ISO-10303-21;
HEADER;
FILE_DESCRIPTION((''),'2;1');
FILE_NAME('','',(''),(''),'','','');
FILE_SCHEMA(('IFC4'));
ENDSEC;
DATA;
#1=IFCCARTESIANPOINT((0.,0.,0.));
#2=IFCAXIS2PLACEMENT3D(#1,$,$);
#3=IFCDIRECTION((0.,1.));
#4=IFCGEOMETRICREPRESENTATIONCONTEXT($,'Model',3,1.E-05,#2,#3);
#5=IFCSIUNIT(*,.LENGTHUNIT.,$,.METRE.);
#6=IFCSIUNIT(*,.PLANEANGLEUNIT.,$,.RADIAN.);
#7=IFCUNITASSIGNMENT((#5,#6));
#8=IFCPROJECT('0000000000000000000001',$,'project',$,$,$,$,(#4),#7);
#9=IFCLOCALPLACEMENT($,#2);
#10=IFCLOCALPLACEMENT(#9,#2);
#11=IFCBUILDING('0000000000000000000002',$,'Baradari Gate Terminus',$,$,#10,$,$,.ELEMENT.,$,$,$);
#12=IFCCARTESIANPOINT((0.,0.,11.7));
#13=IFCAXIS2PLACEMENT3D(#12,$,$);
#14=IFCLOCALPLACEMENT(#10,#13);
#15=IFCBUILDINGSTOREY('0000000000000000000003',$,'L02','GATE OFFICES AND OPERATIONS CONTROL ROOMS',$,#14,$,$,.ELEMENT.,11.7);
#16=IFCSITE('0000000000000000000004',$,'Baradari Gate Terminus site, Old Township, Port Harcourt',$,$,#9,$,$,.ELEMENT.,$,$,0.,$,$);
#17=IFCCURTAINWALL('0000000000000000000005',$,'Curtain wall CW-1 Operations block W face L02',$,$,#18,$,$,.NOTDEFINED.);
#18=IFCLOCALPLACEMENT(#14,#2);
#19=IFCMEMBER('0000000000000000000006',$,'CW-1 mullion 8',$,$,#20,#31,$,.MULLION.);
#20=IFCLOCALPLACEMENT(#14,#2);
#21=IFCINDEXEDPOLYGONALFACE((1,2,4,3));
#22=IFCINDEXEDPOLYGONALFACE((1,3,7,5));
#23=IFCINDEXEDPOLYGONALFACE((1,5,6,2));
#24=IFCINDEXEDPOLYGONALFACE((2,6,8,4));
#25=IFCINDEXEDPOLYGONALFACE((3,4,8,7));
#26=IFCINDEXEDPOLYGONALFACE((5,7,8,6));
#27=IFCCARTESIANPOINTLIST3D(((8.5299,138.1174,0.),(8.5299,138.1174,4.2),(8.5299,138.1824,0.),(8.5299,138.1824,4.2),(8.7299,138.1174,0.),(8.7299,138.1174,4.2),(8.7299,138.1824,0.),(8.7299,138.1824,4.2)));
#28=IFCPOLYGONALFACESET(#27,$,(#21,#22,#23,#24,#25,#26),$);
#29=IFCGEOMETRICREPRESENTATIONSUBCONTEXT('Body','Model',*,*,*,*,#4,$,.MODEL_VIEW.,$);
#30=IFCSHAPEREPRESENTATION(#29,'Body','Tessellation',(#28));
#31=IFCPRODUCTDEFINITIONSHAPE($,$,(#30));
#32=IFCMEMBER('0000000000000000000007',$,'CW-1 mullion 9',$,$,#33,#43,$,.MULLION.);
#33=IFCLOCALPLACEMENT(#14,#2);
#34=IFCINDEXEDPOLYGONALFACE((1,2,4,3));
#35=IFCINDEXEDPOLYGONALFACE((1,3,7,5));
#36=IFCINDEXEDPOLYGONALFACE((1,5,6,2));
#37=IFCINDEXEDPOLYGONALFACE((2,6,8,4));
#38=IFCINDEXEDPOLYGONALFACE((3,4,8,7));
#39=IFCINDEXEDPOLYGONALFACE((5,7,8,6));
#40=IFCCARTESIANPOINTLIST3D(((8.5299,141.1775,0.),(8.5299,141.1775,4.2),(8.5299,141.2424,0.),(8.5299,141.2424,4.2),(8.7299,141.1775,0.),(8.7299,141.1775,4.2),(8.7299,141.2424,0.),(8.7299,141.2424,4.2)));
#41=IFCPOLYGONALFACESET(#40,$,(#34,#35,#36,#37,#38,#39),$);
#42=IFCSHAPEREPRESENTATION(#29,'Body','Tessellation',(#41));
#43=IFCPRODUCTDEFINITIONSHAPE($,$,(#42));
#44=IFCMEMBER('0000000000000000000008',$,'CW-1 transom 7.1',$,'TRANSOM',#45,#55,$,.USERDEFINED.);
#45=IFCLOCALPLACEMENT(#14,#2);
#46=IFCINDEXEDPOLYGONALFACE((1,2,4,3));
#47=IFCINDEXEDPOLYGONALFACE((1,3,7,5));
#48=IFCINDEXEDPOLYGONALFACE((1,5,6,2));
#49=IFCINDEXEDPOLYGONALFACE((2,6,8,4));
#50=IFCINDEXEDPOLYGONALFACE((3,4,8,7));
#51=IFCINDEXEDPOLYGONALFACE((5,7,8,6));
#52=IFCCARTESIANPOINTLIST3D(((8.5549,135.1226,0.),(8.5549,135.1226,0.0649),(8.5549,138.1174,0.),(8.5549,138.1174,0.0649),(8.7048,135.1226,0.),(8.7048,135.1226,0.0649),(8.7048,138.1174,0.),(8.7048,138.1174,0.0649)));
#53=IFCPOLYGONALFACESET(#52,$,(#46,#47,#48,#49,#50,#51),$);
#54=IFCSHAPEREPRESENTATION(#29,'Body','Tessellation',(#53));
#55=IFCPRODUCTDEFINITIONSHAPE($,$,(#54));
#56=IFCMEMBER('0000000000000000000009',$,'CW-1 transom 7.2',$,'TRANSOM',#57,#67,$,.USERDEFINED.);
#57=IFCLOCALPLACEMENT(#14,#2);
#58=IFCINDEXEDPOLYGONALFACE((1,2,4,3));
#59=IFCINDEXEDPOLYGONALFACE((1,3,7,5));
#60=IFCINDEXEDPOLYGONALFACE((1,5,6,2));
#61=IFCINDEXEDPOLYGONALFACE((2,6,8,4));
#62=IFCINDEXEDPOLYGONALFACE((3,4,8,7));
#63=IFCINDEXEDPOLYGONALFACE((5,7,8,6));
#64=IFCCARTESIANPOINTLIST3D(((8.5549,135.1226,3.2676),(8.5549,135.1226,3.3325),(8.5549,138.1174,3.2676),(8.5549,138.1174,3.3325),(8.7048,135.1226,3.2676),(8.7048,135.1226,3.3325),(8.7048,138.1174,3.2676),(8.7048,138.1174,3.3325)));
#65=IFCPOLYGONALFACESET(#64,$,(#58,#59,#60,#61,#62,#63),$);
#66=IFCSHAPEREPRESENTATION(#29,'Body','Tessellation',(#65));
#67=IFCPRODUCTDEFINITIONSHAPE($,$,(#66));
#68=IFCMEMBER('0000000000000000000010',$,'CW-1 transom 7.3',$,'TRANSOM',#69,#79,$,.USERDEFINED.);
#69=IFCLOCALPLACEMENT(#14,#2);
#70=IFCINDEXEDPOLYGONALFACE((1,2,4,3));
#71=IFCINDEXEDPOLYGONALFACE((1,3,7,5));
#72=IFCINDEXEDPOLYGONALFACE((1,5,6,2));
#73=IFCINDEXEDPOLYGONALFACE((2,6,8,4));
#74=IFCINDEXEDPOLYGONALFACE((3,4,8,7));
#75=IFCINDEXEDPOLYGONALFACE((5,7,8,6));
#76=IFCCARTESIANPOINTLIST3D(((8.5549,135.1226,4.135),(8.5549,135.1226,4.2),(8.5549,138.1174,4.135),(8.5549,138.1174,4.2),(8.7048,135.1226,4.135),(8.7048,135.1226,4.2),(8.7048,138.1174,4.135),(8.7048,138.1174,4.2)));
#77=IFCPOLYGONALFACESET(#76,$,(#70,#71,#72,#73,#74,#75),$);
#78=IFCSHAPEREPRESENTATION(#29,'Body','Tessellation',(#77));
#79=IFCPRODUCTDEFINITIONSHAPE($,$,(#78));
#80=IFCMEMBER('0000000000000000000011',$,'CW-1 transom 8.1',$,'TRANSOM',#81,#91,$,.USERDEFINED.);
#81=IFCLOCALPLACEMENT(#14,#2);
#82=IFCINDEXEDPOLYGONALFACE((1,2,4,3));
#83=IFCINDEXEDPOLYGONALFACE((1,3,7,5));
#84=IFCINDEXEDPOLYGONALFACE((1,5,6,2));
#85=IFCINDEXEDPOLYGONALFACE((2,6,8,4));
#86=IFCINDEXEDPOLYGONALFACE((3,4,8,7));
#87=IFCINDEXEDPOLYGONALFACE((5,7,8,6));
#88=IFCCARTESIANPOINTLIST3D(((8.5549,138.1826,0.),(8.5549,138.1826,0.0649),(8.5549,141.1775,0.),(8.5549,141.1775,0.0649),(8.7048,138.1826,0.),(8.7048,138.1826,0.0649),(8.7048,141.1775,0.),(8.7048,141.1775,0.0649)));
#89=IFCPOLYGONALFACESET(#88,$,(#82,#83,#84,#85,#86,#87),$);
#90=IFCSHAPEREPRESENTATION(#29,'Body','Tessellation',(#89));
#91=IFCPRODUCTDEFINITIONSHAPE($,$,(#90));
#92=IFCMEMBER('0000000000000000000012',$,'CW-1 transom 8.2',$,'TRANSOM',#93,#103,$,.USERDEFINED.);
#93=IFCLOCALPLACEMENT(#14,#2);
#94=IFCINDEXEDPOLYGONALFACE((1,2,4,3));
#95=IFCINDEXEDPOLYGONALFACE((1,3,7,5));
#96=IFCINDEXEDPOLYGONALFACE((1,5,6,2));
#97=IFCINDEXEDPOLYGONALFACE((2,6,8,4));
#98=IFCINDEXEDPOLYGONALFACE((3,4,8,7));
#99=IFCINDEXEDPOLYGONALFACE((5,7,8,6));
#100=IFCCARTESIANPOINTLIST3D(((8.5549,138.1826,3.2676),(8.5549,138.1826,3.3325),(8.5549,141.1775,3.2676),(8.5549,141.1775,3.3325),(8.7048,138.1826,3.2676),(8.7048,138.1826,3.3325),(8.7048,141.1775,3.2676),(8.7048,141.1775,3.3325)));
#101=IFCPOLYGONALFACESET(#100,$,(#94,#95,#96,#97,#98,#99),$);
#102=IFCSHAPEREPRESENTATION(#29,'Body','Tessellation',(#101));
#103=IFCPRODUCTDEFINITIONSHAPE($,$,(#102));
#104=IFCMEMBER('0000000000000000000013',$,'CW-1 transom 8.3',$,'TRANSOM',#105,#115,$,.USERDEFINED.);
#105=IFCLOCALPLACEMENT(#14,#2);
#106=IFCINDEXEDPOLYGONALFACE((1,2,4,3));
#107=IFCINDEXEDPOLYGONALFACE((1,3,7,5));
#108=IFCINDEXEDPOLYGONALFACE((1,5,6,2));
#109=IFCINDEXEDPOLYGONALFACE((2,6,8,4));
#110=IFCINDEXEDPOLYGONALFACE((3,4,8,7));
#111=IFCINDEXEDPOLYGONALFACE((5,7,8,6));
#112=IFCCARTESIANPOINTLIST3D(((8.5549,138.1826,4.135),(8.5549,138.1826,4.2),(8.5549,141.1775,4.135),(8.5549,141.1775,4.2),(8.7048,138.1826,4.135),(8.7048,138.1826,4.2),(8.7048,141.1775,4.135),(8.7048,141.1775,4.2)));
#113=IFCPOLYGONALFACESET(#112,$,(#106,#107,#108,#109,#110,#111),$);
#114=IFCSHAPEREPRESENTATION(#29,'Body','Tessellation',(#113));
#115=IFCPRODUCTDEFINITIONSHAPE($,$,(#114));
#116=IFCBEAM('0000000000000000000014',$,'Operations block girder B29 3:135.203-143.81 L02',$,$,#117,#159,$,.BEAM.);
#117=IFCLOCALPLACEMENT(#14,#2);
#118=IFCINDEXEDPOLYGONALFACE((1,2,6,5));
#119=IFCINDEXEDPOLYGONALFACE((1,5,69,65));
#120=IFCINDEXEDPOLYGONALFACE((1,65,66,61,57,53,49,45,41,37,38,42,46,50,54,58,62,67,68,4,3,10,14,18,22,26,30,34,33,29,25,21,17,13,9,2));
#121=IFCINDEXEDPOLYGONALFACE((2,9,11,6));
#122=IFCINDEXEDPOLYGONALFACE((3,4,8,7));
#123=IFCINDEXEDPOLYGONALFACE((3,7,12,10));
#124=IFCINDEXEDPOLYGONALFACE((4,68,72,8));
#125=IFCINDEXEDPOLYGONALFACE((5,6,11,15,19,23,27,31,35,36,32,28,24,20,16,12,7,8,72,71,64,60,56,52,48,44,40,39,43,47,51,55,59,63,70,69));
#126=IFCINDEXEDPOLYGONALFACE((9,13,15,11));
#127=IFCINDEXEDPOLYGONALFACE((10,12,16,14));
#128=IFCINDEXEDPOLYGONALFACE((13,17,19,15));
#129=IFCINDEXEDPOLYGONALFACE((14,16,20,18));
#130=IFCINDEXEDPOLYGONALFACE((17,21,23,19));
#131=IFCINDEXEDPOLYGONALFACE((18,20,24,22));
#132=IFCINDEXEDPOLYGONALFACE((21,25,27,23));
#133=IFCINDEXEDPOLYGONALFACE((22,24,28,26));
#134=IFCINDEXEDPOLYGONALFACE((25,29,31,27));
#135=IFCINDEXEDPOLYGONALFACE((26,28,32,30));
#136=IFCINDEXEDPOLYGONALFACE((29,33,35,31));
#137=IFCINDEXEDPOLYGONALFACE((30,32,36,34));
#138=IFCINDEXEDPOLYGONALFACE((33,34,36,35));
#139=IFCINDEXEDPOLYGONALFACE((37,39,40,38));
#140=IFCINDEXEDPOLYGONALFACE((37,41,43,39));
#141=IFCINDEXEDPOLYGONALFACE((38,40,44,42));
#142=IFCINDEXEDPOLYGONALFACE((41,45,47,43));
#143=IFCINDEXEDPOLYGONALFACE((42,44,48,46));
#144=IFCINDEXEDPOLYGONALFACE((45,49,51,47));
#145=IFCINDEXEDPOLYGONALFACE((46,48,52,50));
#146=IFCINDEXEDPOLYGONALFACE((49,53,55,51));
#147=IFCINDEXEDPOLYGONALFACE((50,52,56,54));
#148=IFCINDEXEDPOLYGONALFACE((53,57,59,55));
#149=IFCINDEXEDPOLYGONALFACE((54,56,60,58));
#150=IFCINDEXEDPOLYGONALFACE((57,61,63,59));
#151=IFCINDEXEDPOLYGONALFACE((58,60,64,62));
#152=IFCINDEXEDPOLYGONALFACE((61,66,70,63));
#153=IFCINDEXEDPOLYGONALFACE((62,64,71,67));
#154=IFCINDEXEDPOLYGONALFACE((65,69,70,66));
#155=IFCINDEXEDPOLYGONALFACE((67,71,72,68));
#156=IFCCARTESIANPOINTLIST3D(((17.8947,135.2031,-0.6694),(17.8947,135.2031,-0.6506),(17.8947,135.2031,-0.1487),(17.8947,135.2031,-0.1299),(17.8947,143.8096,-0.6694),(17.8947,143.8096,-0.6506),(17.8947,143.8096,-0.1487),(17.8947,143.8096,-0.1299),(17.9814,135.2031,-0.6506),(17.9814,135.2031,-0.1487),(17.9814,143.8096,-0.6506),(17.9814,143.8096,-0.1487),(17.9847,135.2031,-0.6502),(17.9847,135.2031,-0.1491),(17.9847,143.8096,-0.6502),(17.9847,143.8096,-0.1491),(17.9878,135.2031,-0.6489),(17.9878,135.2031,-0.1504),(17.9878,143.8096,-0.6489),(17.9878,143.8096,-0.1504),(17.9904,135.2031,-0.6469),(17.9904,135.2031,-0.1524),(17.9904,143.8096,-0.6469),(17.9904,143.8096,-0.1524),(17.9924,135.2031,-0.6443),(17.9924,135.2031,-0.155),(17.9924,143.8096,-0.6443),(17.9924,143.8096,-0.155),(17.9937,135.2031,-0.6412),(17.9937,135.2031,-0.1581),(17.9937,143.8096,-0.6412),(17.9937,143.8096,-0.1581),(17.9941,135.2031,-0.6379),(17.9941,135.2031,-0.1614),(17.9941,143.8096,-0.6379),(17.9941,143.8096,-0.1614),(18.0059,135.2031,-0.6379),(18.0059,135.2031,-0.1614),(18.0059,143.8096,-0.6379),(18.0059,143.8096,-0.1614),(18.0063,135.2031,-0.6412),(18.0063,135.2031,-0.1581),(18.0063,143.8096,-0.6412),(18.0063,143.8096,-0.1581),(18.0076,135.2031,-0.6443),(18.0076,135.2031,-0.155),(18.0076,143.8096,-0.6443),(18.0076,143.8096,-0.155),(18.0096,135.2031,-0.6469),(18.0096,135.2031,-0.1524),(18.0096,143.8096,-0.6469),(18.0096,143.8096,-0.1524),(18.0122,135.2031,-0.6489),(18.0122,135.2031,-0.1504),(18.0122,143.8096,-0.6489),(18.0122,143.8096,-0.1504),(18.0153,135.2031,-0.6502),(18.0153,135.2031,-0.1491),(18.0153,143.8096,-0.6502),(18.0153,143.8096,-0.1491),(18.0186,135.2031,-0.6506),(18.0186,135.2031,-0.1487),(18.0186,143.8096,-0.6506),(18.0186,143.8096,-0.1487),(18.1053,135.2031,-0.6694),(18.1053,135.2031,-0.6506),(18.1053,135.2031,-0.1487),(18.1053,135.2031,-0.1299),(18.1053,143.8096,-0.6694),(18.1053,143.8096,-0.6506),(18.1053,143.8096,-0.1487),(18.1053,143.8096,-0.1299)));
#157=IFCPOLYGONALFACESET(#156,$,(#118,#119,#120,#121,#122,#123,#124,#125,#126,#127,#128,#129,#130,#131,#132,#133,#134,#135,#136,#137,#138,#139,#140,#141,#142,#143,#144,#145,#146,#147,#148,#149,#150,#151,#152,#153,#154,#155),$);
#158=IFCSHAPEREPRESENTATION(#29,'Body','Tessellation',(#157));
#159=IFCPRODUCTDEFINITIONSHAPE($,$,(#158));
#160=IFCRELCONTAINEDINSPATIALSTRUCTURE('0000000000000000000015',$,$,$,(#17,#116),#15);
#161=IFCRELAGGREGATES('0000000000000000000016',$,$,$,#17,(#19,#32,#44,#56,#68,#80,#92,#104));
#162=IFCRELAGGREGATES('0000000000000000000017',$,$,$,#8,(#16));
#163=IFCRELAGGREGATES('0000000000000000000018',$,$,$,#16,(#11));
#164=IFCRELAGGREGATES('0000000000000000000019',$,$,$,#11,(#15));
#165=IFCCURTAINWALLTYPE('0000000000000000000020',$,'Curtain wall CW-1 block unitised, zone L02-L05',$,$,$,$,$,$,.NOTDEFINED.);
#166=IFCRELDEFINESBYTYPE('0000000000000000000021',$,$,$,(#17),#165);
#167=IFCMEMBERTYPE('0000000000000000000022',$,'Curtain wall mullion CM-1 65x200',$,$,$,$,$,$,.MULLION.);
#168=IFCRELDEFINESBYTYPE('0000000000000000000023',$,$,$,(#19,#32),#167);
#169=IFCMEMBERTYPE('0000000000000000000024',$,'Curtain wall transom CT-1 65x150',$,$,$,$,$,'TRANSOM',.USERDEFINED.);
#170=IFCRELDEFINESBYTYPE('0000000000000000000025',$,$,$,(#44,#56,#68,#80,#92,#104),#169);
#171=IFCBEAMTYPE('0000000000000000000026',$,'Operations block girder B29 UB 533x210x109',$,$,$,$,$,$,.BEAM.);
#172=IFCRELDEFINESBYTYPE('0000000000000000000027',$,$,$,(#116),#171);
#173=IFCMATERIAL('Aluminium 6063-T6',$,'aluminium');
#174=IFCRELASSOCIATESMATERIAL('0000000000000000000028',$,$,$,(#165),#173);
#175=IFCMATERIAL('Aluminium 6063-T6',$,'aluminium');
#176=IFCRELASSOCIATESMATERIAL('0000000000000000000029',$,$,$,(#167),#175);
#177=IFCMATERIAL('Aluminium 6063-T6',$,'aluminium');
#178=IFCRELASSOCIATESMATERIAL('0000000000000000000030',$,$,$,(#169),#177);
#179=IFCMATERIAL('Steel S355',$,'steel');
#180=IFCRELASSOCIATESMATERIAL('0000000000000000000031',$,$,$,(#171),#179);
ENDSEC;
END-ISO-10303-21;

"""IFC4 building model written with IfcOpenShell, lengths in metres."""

from ifc_helpers import new_model, si_unit, direction, frame, origin, origin_2d, place, context, subcontext, project, spatial, rectangle, i_section, extrude, material, material_profile, profile_set, type_object, element, aggregate, save


model = new_model("IFC4")

# Units and contexts
model_context = context("Model", 3, precision=1e-05, world=origin(), true_north=direction((0.0, 1.0)))
body_context = subcontext(model_context, "Body", "Model", "MODEL_VIEW")
ifc_project = project(units=[si_unit("LENGTHUNIT", "METRE"), si_unit("PLANEANGLEUNIT", "RADIAN")], contexts=[model_context])

# Site, building, storey
site_placement = place(None, origin())
site = spatial("IfcSite", under=ifc_project, at=site_placement, Name="Baradari Gate Terminus site, Old Township, Port Harcourt", CompositionType="ELEMENT", RefElevation=0.0)
building_placement = place(site_placement, origin())
building = spatial("IfcBuilding", under=site, at=building_placement, Name="Baradari Gate Terminus", CompositionType="ELEMENT")
storey_placement = place(building_placement, frame((0.0, 0.0, 11.7)))
storey = spatial("IfcBuildingStorey", under=building, at=storey_placement, Name="L02", Description="GATE OFFICES AND OPERATIONS CONTROL ROOMS", CompositionType="ELEMENT", Elevation=11.7)

# Curtain wall, members
ifc_material_1 = material(Name="Aluminium 6063-T6", Category="aluminium")
curtain_wall_type = type_object("IfcCurtainWallType", Name="Curtain wall CW-1 block unitised, zone L02-L05", PredefinedType="NOTDEFINED", material=ifc_material_1)
curtain_wall_placement = place(storey_placement, origin())
curtain_wall = element("IfcCurtainWall", 1, at=curtain_wall_placement, inside=storey, type_object=curtain_wall_type, Name="Curtain wall CW-1 Operations block W face L02", PredefinedType="NOTDEFINED")
ifc_material_2 = material(Name="Aluminium 6063-T6", Category="aluminium")
ifc_material_profile_1 = material_profile(ifc_material_2, rectangle(XDim=0.2, YDim=0.0649, at=origin_2d()), Name="CM-1 65X200")
ifc_profile_set_1 = profile_set([ifc_material_profile_1], Name="Aluminium 6063-T6")
member_type_1 = type_object("IfcMemberType", Name="Curtain wall mullion CM-1 65x200", PredefinedType="MULLION", material=ifc_profile_set_1)
member_1_placement = place(storey_placement, frame((8.6299, 138.1499, 0.0), z_axis=(0.0, 0.0, 1.0), x_axis=(-1.0, 0.0, 0.0)))
member_1 = element("IfcMember", 2, at=member_1_placement, type_object=member_type_1, Name="CW-1 mullion 8", PredefinedType="MULLION", context=body_context, shape_type="SweptSolid", body=[
    extrude(rectangle(XDim=0.2, YDim=0.0649, at=origin_2d()), origin(), (0.0, 0.0, 1.0), 4.2),
])
member_2_placement = place(storey_placement, frame((8.6299, 141.21, 0.0), z_axis=(0.0, 0.0, 1.0), x_axis=(-1.0, 0.0, 0.0)))
member_2 = element("IfcMember", 3, at=member_2_placement, type_object=member_type_1, Name="CW-1 mullion 9", PredefinedType="MULLION", context=body_context, shape_type="SweptSolid", body=[
    extrude(rectangle(XDim=0.2, YDim=0.0649, at=origin_2d()), origin(), (0.0, 0.0, 1.0), 4.2),
])
ifc_material_3 = material(Name="Aluminium 6063-T6", Category="aluminium")
ifc_material_profile_2 = material_profile(ifc_material_3, rectangle(XDim=0.1499, YDim=0.0649, at=origin_2d()), Name="CT-1 65X150")
ifc_profile_set_2 = profile_set([ifc_material_profile_2], Name="Aluminium 6063-T6")
member_type_2 = type_object("IfcMemberType", Name="Curtain wall transom CT-1 65x150", ElementType="TRANSOM", PredefinedType="USERDEFINED", material=ifc_profile_set_2)
member_3_placement = place(storey_placement, frame((8.6299, 135.1226, 0.0325), z_axis=(0.0, 1.0, 0.0), x_axis=(-1.0, 0.0, 0.0)))
member_3 = element("IfcMember", 4, at=member_3_placement, type_object=member_type_2, Name="CW-1 transom 7.1", ObjectType="TRANSOM", PredefinedType="USERDEFINED", context=body_context, shape_type="SweptSolid", body=[
    extrude(rectangle(XDim=0.1499, YDim=0.0649, at=origin_2d()), origin(), (0.0, 0.0, 1.0), 2.9949),
])
member_4_placement = place(storey_placement, frame((8.6299, 135.1226, 3.3), z_axis=(0.0, 1.0, 0.0), x_axis=(-1.0, 0.0, 0.0)))
member_4 = element("IfcMember", 5, at=member_4_placement, type_object=member_type_2, Name="CW-1 transom 7.2", ObjectType="TRANSOM", PredefinedType="USERDEFINED", context=body_context, shape_type="SweptSolid", body=[
    extrude(rectangle(XDim=0.1499, YDim=0.0649, at=origin_2d()), origin(), (0.0, 0.0, 1.0), 2.9949),
])
member_5_placement = place(storey_placement, frame((8.6299, 135.1226, 4.1675), z_axis=(0.0, 1.0, 0.0), x_axis=(-1.0, 0.0, 0.0)))
member_5 = element("IfcMember", 6, at=member_5_placement, type_object=member_type_2, Name="CW-1 transom 7.3", ObjectType="TRANSOM", PredefinedType="USERDEFINED", context=body_context, shape_type="SweptSolid", body=[
    extrude(rectangle(XDim=0.1499, YDim=0.0649, at=origin_2d()), origin(), (0.0, 0.0, 1.0), 2.9949),
])
member_6_placement = place(storey_placement, frame((8.6299, 138.1826, 0.0325), z_axis=(0.0, 1.0, 0.0), x_axis=(-1.0, 0.0, 0.0)))
member_6 = element("IfcMember", 7, at=member_6_placement, type_object=member_type_2, Name="CW-1 transom 8.1", ObjectType="TRANSOM", PredefinedType="USERDEFINED", context=body_context, shape_type="SweptSolid", body=[
    extrude(rectangle(XDim=0.1499, YDim=0.0649, at=origin_2d()), origin(), (0.0, 0.0, 1.0), 2.9949),
])
member_7_placement = place(storey_placement, frame((8.6299, 138.1826, 3.3), z_axis=(0.0, 1.0, 0.0), x_axis=(-1.0, 0.0, 0.0)))
member_7 = element("IfcMember", 8, at=member_7_placement, type_object=member_type_2, Name="CW-1 transom 8.2", ObjectType="TRANSOM", PredefinedType="USERDEFINED", context=body_context, shape_type="SweptSolid", body=[
    extrude(rectangle(XDim=0.1499, YDim=0.0649, at=origin_2d()), origin(), (0.0, 0.0, 1.0), 2.9949),
])
member_8_placement = place(storey_placement, frame((8.6299, 138.1826, 4.1675), z_axis=(0.0, 1.0, 0.0), x_axis=(-1.0, 0.0, 0.0)))
member_8 = element("IfcMember", 9, at=member_8_placement, type_object=member_type_2, Name="CW-1 transom 8.3", ObjectType="TRANSOM", PredefinedType="USERDEFINED", context=body_context, shape_type="SweptSolid", body=[
    extrude(rectangle(XDim=0.1499, YDim=0.0649, at=origin_2d()), origin(), (0.0, 0.0, 1.0), 2.9949),
])

# Beam
ifc_material_4 = material(Name="Steel S355", Category="steel")
ifc_material_profile_3 = material_profile(ifc_material_4, i_section(OverallWidth=0.2107, OverallDepth=0.5396, WebThickness=0.0117, FlangeThickness=0.0188, FilletRadius=0.0127, at=origin_2d()), Name="UB 533x210x109")
ifc_profile_set_3 = profile_set([ifc_material_profile_3], Name="Steel S355")
beam_type_1 = type_object("IfcBeamType", Name="Operations block girder B29 UB 533x210x109", PredefinedType="BEAM", material=ifc_profile_set_3)
beam_1_placement = place(storey_placement, frame((18.0, 135.2031, -0.3997), z_axis=(0.0, 1.0, 0.0), x_axis=(-1.0, 0.0, 0.0)))
element("IfcBeam", 10, at=beam_1_placement, inside=storey, type_object=beam_type_1, Name="Operations block girder B29 3:135.203-143.81 L02", PredefinedType="BEAM", context=body_context, shape_type="SweptSolid", body=[
    extrude(i_section(OverallWidth=0.2107, OverallDepth=0.5396, WebThickness=0.0117, FlangeThickness=0.0188, FilletRadius=0.0127, at=origin_2d()), origin(), (0.0, 0.0, 1.0), 8.6064),
])

aggregate(curtain_wall, [member_1, member_2, member_3, member_4, member_5, member_6, member_7, member_8])

save(model, "model.ifc")
